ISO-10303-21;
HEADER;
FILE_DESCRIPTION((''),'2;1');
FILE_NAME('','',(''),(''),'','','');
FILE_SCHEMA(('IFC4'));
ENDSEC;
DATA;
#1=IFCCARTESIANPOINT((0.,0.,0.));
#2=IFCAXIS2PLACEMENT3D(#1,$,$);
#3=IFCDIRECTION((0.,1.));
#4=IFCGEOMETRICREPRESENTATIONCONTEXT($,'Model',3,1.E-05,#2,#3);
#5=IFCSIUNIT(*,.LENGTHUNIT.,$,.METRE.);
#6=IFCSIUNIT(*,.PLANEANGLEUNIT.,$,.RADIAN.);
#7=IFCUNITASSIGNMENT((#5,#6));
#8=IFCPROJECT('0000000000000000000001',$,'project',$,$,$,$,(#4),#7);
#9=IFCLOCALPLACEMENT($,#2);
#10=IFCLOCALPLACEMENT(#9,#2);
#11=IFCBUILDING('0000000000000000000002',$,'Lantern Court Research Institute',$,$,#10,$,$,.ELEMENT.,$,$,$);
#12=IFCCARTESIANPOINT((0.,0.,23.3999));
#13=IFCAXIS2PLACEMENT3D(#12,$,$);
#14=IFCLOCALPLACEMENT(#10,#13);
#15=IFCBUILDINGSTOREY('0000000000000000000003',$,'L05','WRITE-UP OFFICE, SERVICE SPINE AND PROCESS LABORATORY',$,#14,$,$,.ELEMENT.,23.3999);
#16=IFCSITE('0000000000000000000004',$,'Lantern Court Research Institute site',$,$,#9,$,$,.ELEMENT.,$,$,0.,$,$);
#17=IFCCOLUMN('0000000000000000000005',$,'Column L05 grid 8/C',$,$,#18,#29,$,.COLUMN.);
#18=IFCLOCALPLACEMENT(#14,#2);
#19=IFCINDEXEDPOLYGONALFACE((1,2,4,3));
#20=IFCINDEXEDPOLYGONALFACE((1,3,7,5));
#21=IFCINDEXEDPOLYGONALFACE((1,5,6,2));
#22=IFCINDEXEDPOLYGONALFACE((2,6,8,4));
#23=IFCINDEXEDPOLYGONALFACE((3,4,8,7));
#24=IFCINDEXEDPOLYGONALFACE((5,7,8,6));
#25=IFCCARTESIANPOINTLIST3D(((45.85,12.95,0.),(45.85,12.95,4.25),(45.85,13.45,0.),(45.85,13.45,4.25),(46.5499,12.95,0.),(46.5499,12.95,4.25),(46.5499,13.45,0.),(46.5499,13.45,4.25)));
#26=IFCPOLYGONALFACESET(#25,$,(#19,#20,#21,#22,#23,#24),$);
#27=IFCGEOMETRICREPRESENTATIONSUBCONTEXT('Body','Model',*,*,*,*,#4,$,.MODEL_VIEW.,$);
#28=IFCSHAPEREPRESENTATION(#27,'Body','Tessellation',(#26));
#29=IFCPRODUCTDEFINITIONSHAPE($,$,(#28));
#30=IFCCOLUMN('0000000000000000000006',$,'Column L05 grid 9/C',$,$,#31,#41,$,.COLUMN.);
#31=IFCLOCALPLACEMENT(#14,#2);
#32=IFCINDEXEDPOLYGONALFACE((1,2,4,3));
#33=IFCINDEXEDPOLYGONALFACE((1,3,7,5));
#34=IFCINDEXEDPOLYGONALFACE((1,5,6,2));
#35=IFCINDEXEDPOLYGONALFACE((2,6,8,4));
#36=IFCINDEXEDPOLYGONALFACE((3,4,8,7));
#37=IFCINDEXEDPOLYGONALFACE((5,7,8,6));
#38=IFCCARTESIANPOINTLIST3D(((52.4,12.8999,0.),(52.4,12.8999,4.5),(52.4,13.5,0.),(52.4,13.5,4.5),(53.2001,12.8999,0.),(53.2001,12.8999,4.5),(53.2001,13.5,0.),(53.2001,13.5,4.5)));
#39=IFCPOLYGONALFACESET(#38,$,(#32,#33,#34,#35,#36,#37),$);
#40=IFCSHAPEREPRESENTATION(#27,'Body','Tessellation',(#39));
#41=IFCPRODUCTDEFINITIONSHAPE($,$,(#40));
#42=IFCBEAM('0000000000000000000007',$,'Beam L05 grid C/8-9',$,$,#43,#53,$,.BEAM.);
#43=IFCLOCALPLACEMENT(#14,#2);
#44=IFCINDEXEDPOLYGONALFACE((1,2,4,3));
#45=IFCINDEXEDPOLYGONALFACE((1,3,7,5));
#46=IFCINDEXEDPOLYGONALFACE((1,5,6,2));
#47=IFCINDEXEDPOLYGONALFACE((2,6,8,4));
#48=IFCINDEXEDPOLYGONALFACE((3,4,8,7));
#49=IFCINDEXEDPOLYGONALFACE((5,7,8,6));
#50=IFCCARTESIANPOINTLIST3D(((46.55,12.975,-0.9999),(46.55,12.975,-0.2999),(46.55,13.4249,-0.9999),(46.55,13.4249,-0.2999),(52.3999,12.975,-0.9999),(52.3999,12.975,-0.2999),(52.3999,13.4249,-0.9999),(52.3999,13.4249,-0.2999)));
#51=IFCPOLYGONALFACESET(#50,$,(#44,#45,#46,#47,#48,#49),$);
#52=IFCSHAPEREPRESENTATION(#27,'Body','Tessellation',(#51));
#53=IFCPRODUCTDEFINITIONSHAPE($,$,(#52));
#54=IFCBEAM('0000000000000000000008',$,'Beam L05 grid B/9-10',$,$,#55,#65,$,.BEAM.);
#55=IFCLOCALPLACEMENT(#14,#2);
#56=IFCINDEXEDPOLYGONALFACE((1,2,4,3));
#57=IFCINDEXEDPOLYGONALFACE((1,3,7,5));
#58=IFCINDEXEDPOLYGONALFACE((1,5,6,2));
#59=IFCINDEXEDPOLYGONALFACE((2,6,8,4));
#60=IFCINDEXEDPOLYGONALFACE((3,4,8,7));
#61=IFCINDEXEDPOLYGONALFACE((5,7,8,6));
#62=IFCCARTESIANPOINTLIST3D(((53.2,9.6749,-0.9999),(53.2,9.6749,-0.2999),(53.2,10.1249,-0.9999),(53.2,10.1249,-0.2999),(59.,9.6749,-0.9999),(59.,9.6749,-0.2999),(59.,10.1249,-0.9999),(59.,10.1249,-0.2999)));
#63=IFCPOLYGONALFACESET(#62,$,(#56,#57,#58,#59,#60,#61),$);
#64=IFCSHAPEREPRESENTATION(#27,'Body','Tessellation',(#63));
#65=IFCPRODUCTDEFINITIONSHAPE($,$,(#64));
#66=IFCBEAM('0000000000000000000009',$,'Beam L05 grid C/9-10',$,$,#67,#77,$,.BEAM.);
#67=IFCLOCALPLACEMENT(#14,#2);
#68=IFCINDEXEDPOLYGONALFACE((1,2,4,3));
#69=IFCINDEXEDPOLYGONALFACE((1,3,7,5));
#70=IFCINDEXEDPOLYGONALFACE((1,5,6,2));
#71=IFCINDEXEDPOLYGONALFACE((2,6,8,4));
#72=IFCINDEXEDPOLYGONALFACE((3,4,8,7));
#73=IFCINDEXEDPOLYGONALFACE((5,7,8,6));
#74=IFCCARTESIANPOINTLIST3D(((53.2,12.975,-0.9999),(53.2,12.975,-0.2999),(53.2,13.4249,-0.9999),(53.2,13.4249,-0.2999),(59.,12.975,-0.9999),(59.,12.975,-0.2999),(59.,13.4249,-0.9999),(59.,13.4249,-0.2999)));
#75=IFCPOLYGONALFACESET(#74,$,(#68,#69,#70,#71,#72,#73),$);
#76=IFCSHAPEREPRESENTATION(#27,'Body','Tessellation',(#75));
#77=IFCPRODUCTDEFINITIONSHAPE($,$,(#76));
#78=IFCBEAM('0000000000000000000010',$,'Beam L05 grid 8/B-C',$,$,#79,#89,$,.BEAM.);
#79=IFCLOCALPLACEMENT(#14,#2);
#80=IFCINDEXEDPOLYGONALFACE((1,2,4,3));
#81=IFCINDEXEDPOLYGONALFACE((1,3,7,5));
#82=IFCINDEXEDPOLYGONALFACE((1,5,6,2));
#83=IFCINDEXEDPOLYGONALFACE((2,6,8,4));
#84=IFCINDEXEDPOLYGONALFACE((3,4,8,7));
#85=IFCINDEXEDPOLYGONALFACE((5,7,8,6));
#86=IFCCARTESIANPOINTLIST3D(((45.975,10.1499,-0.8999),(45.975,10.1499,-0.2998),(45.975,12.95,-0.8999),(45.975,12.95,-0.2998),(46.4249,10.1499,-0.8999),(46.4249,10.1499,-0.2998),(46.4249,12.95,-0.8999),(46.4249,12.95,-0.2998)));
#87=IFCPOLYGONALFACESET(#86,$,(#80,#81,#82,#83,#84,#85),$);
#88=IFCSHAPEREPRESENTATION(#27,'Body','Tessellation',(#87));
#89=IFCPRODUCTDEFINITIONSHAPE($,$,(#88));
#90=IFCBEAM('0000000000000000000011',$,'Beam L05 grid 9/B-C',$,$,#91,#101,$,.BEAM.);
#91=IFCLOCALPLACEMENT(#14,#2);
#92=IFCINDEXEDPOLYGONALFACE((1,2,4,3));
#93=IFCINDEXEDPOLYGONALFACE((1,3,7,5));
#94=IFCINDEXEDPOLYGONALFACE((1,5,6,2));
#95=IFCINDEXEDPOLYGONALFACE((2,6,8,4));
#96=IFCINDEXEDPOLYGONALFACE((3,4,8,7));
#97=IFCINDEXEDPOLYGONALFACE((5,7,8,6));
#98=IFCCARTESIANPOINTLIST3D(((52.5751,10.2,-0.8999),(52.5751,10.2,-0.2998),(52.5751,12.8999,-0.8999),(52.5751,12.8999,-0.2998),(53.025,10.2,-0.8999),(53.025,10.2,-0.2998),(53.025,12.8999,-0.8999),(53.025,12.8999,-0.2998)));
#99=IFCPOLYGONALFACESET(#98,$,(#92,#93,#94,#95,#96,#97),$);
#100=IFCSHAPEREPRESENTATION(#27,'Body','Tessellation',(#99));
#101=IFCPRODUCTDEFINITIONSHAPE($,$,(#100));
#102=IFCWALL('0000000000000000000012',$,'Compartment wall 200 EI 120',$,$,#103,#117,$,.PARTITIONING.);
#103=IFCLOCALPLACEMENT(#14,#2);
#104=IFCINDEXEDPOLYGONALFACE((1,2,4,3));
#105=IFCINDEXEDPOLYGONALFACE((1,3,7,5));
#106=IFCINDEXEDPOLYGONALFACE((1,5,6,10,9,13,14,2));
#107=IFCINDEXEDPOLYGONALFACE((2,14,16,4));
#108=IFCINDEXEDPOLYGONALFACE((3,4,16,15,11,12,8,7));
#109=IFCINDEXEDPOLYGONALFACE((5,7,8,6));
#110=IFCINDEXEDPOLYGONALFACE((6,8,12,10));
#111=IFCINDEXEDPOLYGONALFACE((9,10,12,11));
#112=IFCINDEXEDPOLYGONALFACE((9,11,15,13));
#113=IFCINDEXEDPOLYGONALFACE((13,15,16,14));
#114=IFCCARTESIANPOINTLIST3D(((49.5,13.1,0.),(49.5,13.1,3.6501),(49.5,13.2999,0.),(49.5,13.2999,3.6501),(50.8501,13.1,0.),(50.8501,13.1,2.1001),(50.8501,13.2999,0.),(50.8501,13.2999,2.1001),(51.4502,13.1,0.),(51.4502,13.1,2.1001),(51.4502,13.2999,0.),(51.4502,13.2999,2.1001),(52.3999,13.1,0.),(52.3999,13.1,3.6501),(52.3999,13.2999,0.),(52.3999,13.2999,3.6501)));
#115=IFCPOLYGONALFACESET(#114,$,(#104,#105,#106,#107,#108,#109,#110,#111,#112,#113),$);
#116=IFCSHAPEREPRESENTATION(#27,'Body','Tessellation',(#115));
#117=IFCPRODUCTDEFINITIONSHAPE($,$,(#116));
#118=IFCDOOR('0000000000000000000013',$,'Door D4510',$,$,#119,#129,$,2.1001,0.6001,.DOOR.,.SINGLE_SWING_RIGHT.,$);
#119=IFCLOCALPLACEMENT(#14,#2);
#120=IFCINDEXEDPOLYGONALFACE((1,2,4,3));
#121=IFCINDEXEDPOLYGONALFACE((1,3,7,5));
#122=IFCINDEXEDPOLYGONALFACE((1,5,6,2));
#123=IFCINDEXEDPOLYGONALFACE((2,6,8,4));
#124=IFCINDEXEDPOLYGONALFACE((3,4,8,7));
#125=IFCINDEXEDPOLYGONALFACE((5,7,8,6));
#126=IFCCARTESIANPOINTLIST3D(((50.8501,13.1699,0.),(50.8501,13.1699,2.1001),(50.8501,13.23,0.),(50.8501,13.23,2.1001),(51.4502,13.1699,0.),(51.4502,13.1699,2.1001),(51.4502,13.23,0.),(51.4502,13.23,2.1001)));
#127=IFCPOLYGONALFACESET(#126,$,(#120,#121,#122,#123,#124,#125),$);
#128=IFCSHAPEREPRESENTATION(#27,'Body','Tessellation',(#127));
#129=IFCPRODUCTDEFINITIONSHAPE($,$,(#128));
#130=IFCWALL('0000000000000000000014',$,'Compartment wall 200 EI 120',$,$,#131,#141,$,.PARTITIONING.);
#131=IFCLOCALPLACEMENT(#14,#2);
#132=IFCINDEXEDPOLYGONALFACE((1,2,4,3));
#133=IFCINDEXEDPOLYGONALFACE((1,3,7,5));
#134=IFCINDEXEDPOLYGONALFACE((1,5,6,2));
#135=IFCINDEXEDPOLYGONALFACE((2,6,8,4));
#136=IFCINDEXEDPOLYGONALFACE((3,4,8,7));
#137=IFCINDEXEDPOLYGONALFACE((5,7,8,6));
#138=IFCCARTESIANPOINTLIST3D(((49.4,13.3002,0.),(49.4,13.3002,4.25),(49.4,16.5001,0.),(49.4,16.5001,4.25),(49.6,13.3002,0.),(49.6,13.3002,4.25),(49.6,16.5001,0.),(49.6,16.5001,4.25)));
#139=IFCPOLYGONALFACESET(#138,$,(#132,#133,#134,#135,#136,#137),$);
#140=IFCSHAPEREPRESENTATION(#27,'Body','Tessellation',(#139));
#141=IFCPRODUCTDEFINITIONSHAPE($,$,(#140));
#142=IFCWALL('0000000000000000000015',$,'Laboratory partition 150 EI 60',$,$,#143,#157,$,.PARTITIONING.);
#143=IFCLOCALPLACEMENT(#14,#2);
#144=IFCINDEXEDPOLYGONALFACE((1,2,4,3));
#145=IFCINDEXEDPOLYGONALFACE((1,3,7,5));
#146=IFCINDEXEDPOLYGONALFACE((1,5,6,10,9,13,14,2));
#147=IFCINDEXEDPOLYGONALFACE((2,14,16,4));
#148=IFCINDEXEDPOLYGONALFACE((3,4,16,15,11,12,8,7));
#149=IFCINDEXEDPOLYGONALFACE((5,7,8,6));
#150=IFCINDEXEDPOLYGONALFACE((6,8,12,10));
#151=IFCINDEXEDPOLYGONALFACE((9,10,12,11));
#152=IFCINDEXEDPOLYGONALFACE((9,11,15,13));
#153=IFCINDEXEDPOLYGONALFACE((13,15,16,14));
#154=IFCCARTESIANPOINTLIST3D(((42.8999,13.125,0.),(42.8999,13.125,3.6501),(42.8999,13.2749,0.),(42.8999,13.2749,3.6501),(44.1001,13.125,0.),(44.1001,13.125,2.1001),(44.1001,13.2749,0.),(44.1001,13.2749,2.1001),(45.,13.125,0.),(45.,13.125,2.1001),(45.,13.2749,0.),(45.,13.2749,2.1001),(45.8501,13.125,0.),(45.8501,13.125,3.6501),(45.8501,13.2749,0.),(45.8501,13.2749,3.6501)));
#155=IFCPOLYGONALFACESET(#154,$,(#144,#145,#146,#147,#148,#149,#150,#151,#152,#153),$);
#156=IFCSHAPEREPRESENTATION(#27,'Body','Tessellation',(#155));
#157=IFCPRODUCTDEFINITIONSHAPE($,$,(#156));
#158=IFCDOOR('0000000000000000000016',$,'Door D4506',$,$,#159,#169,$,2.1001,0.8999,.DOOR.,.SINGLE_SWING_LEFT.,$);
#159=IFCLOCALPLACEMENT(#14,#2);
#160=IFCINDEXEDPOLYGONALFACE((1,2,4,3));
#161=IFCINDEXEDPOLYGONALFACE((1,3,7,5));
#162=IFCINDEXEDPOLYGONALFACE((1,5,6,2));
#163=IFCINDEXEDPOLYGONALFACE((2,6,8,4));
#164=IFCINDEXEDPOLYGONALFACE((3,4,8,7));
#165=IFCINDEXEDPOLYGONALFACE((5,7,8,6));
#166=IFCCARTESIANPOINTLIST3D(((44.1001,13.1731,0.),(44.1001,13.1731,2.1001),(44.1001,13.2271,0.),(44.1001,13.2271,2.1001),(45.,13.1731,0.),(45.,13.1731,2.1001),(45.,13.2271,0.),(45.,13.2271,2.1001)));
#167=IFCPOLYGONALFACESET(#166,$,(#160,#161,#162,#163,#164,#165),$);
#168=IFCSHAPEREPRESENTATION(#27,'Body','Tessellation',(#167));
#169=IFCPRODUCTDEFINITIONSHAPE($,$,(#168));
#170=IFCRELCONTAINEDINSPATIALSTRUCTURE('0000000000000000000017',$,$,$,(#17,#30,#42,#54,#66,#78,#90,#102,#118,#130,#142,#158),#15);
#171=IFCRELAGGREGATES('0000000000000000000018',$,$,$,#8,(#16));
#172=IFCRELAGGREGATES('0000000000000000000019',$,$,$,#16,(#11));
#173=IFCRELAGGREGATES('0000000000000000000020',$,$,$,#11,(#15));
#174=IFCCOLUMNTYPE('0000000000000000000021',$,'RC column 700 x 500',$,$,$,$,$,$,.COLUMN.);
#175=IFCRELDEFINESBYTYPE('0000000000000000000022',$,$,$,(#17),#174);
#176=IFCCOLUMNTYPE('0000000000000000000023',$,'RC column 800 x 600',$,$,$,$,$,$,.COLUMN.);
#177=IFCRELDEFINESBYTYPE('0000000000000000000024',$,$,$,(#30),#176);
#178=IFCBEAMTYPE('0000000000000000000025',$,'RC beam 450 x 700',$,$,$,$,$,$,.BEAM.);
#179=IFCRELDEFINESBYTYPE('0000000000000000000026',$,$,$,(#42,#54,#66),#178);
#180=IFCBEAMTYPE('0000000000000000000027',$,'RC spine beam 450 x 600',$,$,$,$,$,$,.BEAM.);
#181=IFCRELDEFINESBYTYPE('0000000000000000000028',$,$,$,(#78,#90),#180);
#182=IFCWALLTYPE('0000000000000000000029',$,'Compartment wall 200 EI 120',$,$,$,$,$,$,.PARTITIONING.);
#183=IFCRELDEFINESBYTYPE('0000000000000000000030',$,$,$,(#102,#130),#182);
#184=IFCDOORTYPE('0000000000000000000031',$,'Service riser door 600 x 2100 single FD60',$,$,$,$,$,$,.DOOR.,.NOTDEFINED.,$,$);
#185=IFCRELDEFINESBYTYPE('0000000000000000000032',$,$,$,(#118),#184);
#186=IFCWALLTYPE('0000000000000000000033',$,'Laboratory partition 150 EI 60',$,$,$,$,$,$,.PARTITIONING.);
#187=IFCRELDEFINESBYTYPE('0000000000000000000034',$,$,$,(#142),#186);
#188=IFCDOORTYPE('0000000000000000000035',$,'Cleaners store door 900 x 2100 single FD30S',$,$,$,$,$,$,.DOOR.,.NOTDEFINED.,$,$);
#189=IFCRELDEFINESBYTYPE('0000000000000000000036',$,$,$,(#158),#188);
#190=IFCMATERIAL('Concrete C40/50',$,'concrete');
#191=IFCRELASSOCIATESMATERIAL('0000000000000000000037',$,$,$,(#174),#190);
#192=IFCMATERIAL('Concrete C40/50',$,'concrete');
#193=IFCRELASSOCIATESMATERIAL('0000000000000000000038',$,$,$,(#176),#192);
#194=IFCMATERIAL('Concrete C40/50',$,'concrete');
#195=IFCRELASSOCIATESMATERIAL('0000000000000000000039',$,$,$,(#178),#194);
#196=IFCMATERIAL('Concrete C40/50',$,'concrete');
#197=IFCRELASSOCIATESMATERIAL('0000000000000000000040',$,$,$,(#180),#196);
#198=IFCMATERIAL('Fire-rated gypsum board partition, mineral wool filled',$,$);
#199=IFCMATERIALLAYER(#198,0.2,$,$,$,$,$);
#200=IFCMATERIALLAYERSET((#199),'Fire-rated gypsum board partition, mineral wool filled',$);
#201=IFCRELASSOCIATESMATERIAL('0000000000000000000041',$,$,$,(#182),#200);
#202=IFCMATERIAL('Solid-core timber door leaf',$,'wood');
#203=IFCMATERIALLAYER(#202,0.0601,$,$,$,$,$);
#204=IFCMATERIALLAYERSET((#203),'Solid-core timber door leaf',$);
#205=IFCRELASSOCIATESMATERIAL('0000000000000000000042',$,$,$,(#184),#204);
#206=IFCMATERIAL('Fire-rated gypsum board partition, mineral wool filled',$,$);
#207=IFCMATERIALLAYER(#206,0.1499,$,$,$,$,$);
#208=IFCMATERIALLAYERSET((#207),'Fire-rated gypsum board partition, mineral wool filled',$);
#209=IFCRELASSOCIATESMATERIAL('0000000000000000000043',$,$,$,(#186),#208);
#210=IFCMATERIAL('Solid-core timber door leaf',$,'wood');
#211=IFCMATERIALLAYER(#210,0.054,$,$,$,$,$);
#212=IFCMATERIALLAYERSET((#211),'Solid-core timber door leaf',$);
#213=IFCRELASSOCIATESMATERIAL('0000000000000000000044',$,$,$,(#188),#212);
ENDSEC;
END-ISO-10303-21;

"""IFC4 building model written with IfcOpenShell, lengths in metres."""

from ifc_helpers import new_model, si_unit, direction, frame, frame_2d, origin, origin_2d, place, context, subcontext, project, spatial, rectangle, extrude, material, layer, layer_set, material_profile, profile_set, type_object, element, fill, save


model = new_model("IFC4")

# Units and contexts
model_context = context("Model", 3, precision=1e-05, world=origin(), true_north=direction((0.0, 1.0)))
body_context = subcontext(model_context, "Body", "Model", "MODEL_VIEW")
ifc_project = project(units=[si_unit("LENGTHUNIT", "METRE"), si_unit("PLANEANGLEUNIT", "RADIAN")], contexts=[model_context])

# Site, building, storey
site_placement = place(None, origin())
site = spatial("IfcSite", under=ifc_project, at=site_placement, Name="Lantern Court Research Institute site", CompositionType="ELEMENT", RefElevation=0.0)
building_placement = place(site_placement, origin())
building = spatial("IfcBuilding", under=site, at=building_placement, Name="Lantern Court Research Institute", CompositionType="ELEMENT")
storey_placement = place(building_placement, frame((0.0, 0.0, 23.3999)))
storey = spatial("IfcBuildingStorey", under=building, at=storey_placement, Name="L05", Description="WRITE-UP OFFICE, SERVICE SPINE AND PROCESS LABORATORY", CompositionType="ELEMENT", Elevation=23.3999)

# Columns
ifc_material_1 = material(Name="Concrete C40/50", Category="concrete")
ifc_material_profile_1 = material_profile(ifc_material_1, rectangle(XDim=0.7, YDim=0.5, at=origin_2d()), Name="RC column 700 x 500")
ifc_profile_set_1 = profile_set([ifc_material_profile_1], Name="Concrete C40/50")
column_type_1 = type_object("IfcColumnType", Name="RC column 700 x 500", PredefinedType="COLUMN", material=ifc_profile_set_1)
column_1_placement = place(storey_placement, frame((46.2, 13.2, 0.0), z_axis=(0.0, 0.0, 1.0), x_axis=(1.0, 0.0, 0.0)))
element("IfcColumn", 1, at=column_1_placement, inside=storey, type_object=column_type_1, Name="Column L05 grid 8/C", PredefinedType="COLUMN", context=body_context, shape_type="SweptSolid", body=[
    extrude(rectangle(XDim=0.7, YDim=0.5, at=origin_2d()), origin(), (0.0, 0.0, 1.0), 4.25),
])
ifc_material_2 = material(Name="Concrete C40/50", Category="concrete")
ifc_material_profile_2 = material_profile(ifc_material_2, rectangle(XDim=0.8, YDim=0.6001, at=origin_2d()), Name="RC column 800 x 600")
ifc_profile_set_2 = profile_set([ifc_material_profile_2], Name="Concrete C40/50")
column_type_2 = type_object("IfcColumnType", Name="RC column 800 x 600", PredefinedType="COLUMN", material=ifc_profile_set_2)
column_2_placement = place(storey_placement, frame((52.8, 13.2, 0.0), z_axis=(0.0, 0.0, 1.0), x_axis=(1.0, 0.0, 0.0)))
element("IfcColumn", 2, at=column_2_placement, inside=storey, type_object=column_type_2, Name="Column L05 grid 9/C", PredefinedType="COLUMN", context=body_context, shape_type="SweptSolid", body=[
    extrude(rectangle(XDim=0.8, YDim=0.6001, at=origin_2d()), origin(), (0.0, 0.0, 1.0), 4.5),
])

# Beams
ifc_material_3 = material(Name="Concrete C40/50", Category="concrete")
ifc_material_profile_3 = material_profile(ifc_material_3, rectangle(XDim=0.45, YDim=0.7, at=origin_2d()), Name="RC beam 450 x 700")
ifc_profile_set_3 = profile_set([ifc_material_profile_3], Name="Concrete C40/50")
beam_type_1 = type_object("IfcBeamType", Name="RC beam 450 x 700", PredefinedType="BEAM", material=ifc_profile_set_3)
beam_1_placement = place(storey_placement, frame((46.55, 13.2, -0.6499), z_axis=(1.0, 0.0, 0.0), x_axis=(0.0, 1.0, 0.0)))
element("IfcBeam", 3, at=beam_1_placement, inside=storey, type_object=beam_type_1, Name="Beam L05 grid C/8-9", PredefinedType="BEAM", context=body_context, shape_type="SweptSolid", body=[
    extrude(rectangle(XDim=0.45, YDim=0.7, at=origin_2d()), origin(), (0.0, 0.0, 1.0), 5.8499),
])
for number, where, z_axis, x_axis, name in (
    (4, (53.2, 9.8999, -0.6499), (1.0, 0.0, 0.0), (0.0, 1.0, 0.0), "Beam L05 grid B/9-10"),
    (5, (53.2, 13.2, -0.6499), (1.0, 0.0, 0.0), (0.0, 1.0, 0.0), "Beam L05 grid C/9-10"),
):
    element("IfcBeam", number, at=place(storey_placement, frame(where, z_axis=z_axis, x_axis=x_axis)), inside=storey, type_object=beam_type_1, Name=name, PredefinedType="BEAM", context=body_context, shape_type="SweptSolid", body=[
        extrude(rectangle(XDim=0.45, YDim=0.7, at=origin_2d()), origin(), (0.0, 0.0, 1.0), 5.8),
    ])
ifc_material_4 = material(Name="Concrete C40/50", Category="concrete")
ifc_material_profile_4 = material_profile(ifc_material_4, rectangle(XDim=0.45, YDim=0.6001, at=origin_2d()), Name="RC beam 450 x 600")
ifc_profile_set_4 = profile_set([ifc_material_profile_4], Name="Concrete C40/50")
beam_type_2 = type_object("IfcBeamType", Name="RC spine beam 450 x 600", PredefinedType="BEAM", material=ifc_profile_set_4)
beam_2_placement = place(storey_placement, frame((46.2, 10.1499, -0.5999), z_axis=(0.0, 1.0, 0.0), x_axis=(-1.0, 0.0, 0.0)))
element("IfcBeam", 6, at=beam_2_placement, inside=storey, type_object=beam_type_2, Name="Beam L05 grid 8/B-C", PredefinedType="BEAM", context=body_context, shape_type="SweptSolid", body=[
    extrude(rectangle(XDim=0.45, YDim=0.6001, at=origin_2d()), origin(), (0.0, 0.0, 1.0), 2.8),
])
beam_3_placement = place(storey_placement, frame((52.8, 10.2, -0.5999), z_axis=(0.0, 1.0, 0.0), x_axis=(-1.0, 0.0, 0.0)))
element("IfcBeam", 7, at=beam_3_placement, inside=storey, type_object=beam_type_2, Name="Beam L05 grid 9/B-C", PredefinedType="BEAM", context=body_context, shape_type="SweptSolid", body=[
    extrude(rectangle(XDim=0.45, YDim=0.6001, at=origin_2d()), origin(), (0.0, 0.0, 1.0), 2.7),
])

# Wall, opening, door
ifc_material_5 = material(Name="Fire-rated gypsum board partition, mineral wool filled")
ifc_layer_1 = layer(ifc_material_5, 0.2)
ifc_layer_set_1 = layer_set([ifc_layer_1], Name="Fire-rated gypsum board partition, mineral wool filled")
wall_type_1 = type_object("IfcWallType", Name="Compartment wall 200 EI 120", PredefinedType="PARTITIONING", material=ifc_layer_set_1)
wall_1_placement = place(storey_placement, frame((49.5, 13.2, 0.0), z_axis=(0.0, 0.0, 1.0), x_axis=(1.0, 0.0, 0.0)))
wall_1 = element("IfcWall", 8, at=wall_1_placement, inside=storey, type_object=wall_type_1, Name="Compartment wall 200 EI 120", PredefinedType="PARTITIONING", context=body_context, shape_type="SweptSolid", body=[
    extrude(rectangle(XDim=2.8999, YDim=0.2, at=frame_2d((1.45, 0.0))), origin(), (0.0, 0.0, 1.0), 3.6501),
])
opening_1_placement = place(wall_1_placement, frame((1.3501, 0.0, 0.0)))
opening_1 = element("IfcOpeningElement", 9, at=opening_1_placement, cuts=wall_1, PredefinedType="OPENING", context=body_context, shape_type="SweptSolid", body=[
    extrude(rectangle(XDim=0.6001, YDim=2.1001, at=frame_2d((0.3, 1.05))), frame((0.0, 0.1099, 0.0), z_axis=(0.0, -1.0, 0.0), x_axis=(1.0, 0.0, 0.0)), (0.0, 0.0, 1.0), 0.22),
])
ifc_material_6 = material(Name="Solid-core timber door leaf", Category="wood")
ifc_layer_2 = layer(ifc_material_6, 0.0601)
ifc_layer_set_2 = layer_set([ifc_layer_2], Name="Solid-core timber door leaf")
door_type_1 = type_object("IfcDoorType", Name="Service riser door 600 x 2100 single FD60", OperationType="NOTDEFINED", PredefinedType="DOOR", material=ifc_layer_set_2)
door_1_placement = place(opening_1_placement, origin())
door_1 = element("IfcDoor", 10, at=door_1_placement, inside=storey, type_object=door_type_1, Name="Door D4510", OperationType="SINGLE_SWING_RIGHT", OverallHeight=2.1001, OverallWidth=0.6001, PredefinedType="DOOR", context=body_context, shape_type="SweptSolid", body=[
    extrude(rectangle(XDim=0.6001, YDim=2.1001, at=frame_2d((0.3, 1.05))), frame((0.0, 0.03, 0.0), z_axis=(0.0, -1.0, 0.0), x_axis=(1.0, 0.0, 0.0)), (0.0, 0.0, 1.0), 0.0601),
])
fill(opening_1, door_1)

# Wall
wall_2_placement = place(storey_placement, frame((49.5, 13.3, 0.0), z_axis=(0.0, 0.0, 1.0), x_axis=(0.0, 1.0, 0.0)))
element("IfcWall", 11, at=wall_2_placement, inside=storey, type_object=wall_type_1, Name="Compartment wall 200 EI 120", PredefinedType="PARTITIONING", context=body_context, shape_type="SweptSolid", body=[
    extrude(rectangle(XDim=3.2, YDim=0.2, at=frame_2d((1.6001, 0.0))), origin(), (0.0, 0.0, 1.0), 4.25),
])

# Wall, opening, door
ifc_material_7 = material(Name="Fire-rated gypsum board partition, mineral wool filled")
ifc_layer_3 = layer(ifc_material_7, 0.1499)
ifc_layer_set_3 = layer_set([ifc_layer_3], Name="Fire-rated gypsum board partition, mineral wool filled")
wall_type_2 = type_object("IfcWallType", Name="Laboratory partition 150 EI 60", PredefinedType="PARTITIONING", material=ifc_layer_set_3)
wall_3_placement = place(storey_placement, frame((45.8501, 13.2, 0.0), z_axis=(0.0, 0.0, 1.0), x_axis=(-1.0, 0.0, 0.0)))
wall_3 = element("IfcWall", 12, at=wall_3_placement, inside=storey, type_object=wall_type_2, Name="Laboratory partition 150 EI 60", PredefinedType="PARTITIONING", context=body_context, shape_type="SweptSolid", body=[
    extrude(rectangle(XDim=2.9502, YDim=0.1499, at=frame_2d((1.4751, 0.0))), origin(), (0.0, 0.0, 1.0), 3.6501),
])
opening_2_placement = place(wall_3_placement, frame((0.8501, 0.0, 0.0)))
opening_2 = element("IfcOpeningElement", 13, at=opening_2_placement, cuts=wall_3, PredefinedType="OPENING", context=body_context, shape_type="SweptSolid", body=[
    extrude(rectangle(XDim=0.8999, YDim=2.1001, at=frame_2d((0.45, 1.05))), frame((0.0, 0.085, 0.0), z_axis=(0.0, -1.0, 0.0), x_axis=(1.0, 0.0, 0.0)), (0.0, 0.0, 1.0), 0.1699),
])
ifc_material_8 = material(Name="Solid-core timber door leaf", Category="wood")
ifc_layer_4 = layer(ifc_material_8, 0.054)
ifc_layer_set_4 = layer_set([ifc_layer_4], Name="Solid-core timber door leaf")
door_type_2 = type_object("IfcDoorType", Name="Cleaners store door 900 x 2100 single FD30S", OperationType="NOTDEFINED", PredefinedType="DOOR", material=ifc_layer_set_4)
door_2_placement = place(opening_2_placement, origin())
door_2 = element("IfcDoor", 14, at=door_2_placement, inside=storey, type_object=door_type_2, Name="Door D4506", OperationType="SINGLE_SWING_LEFT", OverallHeight=2.1001, OverallWidth=0.8999, PredefinedType="DOOR", context=body_context, shape_type="SweptSolid", body=[
    extrude(rectangle(XDim=0.8999, YDim=2.1001, at=frame_2d((0.45, 1.05))), frame((0.0, 0.0269, 0.0), z_axis=(0.0, -1.0, 0.0), x_axis=(1.0, 0.0, 0.0)), (0.0, 0.0, 1.0), 0.054),
])
fill(opening_2, door_2)

save(model, "model.ifc")
